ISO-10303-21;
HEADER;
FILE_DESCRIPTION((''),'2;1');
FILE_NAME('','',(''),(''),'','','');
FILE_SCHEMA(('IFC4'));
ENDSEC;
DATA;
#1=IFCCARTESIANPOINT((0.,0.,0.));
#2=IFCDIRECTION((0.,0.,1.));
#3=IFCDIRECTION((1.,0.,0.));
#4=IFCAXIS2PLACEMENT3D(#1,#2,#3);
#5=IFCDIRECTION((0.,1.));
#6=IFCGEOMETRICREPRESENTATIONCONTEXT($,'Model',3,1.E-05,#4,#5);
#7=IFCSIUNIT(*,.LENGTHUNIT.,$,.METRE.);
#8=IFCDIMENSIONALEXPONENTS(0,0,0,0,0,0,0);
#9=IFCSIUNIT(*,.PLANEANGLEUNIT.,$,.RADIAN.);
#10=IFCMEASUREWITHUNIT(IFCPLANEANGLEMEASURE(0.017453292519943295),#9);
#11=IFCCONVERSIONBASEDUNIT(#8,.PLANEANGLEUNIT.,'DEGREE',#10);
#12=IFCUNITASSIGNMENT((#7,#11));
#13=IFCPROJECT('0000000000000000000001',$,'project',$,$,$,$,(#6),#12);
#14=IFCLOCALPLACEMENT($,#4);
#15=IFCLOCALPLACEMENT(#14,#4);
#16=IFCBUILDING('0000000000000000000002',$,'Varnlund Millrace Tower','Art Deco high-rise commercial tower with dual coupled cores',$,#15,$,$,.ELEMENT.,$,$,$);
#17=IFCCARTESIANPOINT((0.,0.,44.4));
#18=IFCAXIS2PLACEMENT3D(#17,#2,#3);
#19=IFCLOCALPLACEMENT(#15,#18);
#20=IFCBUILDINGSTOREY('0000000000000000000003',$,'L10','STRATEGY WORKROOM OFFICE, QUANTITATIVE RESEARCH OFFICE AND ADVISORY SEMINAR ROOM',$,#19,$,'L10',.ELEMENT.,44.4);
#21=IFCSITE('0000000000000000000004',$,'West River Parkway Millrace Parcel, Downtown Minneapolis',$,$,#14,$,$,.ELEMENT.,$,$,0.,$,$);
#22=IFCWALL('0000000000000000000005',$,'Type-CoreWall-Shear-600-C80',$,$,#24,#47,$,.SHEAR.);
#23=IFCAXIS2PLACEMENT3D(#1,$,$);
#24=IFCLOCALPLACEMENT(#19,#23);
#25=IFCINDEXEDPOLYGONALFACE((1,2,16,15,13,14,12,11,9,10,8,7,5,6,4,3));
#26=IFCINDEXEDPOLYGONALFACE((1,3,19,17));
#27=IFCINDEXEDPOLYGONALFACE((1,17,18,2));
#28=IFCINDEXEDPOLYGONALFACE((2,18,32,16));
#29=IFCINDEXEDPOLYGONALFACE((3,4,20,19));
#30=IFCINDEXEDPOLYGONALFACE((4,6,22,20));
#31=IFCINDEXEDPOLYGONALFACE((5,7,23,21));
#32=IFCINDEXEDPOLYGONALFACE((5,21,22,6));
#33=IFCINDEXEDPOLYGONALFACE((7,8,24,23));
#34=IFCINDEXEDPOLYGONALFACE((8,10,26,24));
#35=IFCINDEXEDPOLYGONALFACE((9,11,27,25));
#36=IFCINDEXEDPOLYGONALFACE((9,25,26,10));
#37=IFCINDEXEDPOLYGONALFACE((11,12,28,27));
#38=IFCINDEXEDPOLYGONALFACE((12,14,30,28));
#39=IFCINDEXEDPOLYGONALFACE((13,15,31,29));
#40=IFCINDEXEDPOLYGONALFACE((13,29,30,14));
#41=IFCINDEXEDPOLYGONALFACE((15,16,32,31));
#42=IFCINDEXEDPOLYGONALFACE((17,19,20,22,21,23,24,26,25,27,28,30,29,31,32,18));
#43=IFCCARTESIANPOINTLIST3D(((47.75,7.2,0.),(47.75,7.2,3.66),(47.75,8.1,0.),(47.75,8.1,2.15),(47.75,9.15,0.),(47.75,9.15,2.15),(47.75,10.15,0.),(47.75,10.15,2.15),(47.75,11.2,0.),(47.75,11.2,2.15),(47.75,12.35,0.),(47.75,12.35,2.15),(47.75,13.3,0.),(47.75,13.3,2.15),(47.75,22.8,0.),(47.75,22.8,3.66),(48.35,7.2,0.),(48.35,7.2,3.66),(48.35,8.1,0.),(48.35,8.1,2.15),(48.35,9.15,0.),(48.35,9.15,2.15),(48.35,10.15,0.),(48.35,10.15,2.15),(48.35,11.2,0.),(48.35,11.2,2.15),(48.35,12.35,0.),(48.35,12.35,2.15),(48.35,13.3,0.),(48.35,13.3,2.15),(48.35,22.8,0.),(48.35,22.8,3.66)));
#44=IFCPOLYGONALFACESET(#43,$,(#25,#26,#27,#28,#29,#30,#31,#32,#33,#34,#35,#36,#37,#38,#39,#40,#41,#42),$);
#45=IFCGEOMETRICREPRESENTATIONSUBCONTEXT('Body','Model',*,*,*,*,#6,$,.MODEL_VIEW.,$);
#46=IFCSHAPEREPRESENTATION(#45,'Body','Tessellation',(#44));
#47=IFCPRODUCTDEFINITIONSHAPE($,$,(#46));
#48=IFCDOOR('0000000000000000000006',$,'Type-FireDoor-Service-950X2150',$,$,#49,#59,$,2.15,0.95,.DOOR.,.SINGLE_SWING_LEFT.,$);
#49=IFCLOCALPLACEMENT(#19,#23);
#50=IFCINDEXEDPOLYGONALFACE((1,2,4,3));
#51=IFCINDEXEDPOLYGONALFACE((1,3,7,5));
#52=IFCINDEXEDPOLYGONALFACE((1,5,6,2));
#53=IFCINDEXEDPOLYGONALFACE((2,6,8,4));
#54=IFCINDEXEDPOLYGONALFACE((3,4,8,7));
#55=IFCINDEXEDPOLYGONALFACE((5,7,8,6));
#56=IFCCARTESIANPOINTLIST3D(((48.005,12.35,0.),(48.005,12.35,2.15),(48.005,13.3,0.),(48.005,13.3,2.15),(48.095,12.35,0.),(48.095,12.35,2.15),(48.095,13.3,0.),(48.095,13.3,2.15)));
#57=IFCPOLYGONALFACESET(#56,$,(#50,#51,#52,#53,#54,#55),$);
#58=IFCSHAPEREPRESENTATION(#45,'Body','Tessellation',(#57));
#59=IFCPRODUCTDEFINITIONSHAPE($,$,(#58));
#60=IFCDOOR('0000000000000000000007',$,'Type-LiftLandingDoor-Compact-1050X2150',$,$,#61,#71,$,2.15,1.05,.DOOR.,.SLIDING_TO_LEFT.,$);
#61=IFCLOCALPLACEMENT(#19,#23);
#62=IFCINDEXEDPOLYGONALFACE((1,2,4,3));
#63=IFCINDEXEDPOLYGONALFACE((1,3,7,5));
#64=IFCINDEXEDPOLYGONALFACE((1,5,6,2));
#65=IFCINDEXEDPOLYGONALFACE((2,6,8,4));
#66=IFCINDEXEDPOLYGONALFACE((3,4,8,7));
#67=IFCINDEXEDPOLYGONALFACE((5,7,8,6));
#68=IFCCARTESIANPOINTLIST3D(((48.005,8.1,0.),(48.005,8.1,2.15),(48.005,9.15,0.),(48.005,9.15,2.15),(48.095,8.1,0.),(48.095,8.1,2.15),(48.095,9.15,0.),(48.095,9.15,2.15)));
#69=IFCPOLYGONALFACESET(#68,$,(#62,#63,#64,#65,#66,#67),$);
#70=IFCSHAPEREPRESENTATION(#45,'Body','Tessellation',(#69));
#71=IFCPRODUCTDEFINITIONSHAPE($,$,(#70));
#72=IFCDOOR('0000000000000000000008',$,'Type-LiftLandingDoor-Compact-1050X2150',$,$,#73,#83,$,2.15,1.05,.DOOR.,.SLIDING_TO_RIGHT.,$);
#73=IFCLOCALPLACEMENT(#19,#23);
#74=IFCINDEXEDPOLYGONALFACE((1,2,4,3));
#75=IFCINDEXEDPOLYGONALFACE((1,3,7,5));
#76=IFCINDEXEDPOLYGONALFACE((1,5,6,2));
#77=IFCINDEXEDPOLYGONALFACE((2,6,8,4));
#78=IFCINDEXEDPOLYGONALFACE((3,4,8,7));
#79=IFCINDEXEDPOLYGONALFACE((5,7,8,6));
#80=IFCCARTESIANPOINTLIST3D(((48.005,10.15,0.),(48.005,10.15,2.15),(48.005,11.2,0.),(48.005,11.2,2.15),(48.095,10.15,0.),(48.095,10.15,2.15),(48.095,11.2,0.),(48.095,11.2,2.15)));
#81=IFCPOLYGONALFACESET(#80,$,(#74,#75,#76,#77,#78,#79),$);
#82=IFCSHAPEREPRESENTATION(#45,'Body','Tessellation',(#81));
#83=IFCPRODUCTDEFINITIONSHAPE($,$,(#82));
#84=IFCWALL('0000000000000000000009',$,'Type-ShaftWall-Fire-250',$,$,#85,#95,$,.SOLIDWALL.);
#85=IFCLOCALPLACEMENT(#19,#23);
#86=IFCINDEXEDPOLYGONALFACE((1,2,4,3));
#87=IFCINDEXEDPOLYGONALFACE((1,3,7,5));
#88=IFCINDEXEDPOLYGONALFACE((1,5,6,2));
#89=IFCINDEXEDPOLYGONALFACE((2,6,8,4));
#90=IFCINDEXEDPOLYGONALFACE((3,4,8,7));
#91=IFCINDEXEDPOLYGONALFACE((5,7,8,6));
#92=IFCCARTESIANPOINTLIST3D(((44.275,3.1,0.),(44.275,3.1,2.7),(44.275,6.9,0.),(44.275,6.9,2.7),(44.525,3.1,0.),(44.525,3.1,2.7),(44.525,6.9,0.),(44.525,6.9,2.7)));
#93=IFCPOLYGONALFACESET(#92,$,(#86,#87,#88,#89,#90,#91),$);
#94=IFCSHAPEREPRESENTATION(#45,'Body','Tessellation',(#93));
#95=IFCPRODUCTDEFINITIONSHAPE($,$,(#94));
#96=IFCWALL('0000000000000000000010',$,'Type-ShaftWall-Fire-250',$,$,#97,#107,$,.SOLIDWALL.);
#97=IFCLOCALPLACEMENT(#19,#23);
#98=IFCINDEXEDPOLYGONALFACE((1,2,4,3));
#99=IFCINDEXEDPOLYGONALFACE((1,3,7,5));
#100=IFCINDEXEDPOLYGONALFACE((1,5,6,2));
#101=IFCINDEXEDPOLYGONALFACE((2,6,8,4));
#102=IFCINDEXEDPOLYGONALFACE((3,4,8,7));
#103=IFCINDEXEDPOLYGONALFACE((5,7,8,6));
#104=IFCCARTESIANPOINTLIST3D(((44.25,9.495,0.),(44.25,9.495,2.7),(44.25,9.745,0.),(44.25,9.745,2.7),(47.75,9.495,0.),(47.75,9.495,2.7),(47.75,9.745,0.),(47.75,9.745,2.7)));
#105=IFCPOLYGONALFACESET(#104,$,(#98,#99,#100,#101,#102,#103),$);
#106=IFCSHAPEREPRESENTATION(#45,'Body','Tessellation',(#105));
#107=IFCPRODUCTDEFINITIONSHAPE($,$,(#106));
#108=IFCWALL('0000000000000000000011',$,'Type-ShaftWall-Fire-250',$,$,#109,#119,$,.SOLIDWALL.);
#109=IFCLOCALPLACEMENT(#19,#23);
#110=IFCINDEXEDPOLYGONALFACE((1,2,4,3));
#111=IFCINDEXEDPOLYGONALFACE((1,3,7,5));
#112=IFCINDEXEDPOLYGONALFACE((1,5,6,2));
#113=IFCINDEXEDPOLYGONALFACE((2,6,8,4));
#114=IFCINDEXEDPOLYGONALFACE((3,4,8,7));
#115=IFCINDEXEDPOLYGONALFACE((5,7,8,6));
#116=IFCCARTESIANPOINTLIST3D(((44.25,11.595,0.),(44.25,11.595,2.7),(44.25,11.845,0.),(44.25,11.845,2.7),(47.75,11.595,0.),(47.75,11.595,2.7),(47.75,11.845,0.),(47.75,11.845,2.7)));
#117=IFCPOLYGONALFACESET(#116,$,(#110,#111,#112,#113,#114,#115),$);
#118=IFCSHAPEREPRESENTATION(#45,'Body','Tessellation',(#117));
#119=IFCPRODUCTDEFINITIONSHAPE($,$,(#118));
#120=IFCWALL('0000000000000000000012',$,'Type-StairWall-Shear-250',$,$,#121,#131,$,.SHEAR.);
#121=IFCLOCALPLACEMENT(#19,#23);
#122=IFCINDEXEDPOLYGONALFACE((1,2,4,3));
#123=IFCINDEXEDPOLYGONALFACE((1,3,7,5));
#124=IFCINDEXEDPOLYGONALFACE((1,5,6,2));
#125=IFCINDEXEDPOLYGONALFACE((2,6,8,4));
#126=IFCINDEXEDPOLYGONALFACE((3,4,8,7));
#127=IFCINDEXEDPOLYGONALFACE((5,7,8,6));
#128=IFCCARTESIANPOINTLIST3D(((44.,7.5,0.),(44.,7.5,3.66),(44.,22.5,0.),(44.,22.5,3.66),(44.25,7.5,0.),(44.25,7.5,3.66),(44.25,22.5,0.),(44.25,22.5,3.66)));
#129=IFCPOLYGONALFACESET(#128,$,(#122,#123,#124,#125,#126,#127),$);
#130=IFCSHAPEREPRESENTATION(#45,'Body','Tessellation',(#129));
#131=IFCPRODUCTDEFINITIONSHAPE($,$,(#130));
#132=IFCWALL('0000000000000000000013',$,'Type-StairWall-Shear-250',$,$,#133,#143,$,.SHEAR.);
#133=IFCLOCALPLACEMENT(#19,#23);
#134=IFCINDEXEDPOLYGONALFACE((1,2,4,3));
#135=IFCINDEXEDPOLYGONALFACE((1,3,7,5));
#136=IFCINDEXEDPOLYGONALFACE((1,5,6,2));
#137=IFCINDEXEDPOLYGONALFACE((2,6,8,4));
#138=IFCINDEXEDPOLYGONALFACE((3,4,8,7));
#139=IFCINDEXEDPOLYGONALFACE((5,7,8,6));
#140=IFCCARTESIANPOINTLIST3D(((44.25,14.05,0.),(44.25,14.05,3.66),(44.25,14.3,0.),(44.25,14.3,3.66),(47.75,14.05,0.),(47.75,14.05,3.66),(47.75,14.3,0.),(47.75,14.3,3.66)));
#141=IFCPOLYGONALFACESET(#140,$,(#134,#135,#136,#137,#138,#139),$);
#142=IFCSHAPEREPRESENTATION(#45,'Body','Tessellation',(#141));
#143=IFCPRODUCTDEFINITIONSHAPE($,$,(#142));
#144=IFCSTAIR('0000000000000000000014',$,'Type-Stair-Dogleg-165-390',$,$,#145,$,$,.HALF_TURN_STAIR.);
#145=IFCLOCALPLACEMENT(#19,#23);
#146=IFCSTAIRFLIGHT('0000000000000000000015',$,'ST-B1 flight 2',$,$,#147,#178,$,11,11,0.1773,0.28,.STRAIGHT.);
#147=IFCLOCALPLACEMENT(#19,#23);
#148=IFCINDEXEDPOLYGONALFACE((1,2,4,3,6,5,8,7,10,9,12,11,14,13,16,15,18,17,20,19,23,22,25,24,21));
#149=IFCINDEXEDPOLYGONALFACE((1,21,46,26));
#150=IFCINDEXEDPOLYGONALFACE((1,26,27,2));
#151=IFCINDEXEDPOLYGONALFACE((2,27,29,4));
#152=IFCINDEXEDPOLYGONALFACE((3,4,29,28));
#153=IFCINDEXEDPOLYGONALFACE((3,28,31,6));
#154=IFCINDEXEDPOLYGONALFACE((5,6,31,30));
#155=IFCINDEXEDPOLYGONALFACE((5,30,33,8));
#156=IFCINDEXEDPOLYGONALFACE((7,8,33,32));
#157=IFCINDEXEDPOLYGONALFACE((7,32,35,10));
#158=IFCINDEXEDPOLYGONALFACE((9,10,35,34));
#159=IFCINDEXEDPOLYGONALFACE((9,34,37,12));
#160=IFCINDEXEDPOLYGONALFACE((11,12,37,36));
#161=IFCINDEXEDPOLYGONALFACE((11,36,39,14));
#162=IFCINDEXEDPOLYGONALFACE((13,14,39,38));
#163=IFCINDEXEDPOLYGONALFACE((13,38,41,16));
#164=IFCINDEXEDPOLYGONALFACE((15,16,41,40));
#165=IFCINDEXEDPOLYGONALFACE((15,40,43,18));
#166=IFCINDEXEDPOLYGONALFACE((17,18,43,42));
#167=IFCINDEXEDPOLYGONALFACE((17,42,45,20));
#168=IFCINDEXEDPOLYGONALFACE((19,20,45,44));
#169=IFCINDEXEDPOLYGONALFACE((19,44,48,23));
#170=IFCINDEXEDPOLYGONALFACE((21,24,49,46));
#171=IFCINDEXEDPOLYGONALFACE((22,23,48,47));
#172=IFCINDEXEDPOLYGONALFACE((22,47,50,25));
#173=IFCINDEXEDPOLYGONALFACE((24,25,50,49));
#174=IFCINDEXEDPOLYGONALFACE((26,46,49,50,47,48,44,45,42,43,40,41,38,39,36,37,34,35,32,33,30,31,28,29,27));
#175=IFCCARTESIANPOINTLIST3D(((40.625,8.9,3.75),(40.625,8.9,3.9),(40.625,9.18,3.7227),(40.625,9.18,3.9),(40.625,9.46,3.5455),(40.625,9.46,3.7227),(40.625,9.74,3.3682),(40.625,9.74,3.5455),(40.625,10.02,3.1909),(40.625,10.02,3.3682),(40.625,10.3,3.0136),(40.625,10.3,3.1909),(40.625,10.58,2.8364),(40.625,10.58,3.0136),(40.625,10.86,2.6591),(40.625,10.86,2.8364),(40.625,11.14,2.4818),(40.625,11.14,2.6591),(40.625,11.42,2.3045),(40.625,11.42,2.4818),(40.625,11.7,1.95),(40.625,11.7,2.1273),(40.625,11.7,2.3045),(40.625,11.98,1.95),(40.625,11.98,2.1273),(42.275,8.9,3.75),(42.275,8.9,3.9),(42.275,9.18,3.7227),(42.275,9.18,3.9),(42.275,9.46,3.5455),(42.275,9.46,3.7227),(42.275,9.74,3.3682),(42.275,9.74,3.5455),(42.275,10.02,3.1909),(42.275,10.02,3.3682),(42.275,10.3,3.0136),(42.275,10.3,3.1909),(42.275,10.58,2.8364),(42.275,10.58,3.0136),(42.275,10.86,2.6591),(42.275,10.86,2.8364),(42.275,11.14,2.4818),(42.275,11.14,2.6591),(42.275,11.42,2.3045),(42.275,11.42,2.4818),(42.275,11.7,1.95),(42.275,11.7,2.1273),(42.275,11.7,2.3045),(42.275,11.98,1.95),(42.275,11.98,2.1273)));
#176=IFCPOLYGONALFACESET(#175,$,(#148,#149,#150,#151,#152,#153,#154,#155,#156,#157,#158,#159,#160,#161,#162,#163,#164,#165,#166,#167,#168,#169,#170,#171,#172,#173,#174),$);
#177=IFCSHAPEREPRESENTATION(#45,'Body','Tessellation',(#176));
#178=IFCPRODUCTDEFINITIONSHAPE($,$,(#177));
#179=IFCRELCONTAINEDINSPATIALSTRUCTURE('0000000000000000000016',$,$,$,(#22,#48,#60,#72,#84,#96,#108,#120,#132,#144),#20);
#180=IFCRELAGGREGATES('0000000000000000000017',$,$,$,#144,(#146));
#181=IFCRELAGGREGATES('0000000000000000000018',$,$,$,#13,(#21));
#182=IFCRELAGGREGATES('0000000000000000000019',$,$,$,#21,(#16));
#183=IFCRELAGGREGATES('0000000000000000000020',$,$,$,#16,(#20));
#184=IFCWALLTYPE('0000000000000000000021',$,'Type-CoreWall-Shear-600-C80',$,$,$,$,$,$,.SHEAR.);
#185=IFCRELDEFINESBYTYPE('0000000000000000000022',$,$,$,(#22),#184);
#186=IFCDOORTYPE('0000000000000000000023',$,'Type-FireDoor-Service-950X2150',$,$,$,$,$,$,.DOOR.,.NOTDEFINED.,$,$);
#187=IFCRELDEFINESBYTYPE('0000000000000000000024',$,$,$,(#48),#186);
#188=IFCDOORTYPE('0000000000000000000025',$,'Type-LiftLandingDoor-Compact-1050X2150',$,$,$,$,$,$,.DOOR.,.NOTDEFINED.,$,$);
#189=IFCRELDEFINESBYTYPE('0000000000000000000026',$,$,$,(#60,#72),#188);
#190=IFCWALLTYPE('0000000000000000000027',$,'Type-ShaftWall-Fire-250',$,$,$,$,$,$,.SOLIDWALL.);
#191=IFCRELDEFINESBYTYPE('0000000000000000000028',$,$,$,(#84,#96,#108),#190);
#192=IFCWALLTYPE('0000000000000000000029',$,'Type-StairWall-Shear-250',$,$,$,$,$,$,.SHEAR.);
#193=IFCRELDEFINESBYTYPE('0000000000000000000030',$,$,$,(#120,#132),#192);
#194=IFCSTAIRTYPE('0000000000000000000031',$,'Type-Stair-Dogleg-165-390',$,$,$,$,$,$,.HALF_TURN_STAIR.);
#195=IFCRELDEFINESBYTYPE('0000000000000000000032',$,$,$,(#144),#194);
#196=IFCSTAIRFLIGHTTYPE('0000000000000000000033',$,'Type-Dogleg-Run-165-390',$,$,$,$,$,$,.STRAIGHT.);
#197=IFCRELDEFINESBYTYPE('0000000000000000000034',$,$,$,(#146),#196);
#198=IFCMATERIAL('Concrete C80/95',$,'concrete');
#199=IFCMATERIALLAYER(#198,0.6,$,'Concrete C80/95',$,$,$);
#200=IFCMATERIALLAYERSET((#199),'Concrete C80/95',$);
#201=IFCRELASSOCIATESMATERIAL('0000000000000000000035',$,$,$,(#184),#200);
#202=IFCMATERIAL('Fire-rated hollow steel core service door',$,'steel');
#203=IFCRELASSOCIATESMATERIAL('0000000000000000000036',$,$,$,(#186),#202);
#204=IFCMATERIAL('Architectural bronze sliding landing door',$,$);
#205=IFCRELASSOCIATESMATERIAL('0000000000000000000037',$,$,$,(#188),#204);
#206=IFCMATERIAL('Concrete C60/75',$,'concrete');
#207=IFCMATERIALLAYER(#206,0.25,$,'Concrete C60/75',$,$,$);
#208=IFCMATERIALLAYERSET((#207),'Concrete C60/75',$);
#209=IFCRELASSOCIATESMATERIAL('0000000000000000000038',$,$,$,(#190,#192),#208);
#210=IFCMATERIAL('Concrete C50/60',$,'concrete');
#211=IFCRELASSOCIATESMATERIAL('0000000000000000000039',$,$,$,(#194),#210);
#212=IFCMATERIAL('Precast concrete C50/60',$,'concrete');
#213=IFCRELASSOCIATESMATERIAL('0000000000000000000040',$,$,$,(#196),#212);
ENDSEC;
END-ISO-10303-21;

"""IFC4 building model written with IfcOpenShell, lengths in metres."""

from ifc_helpers import new_model, entity, si_unit, converted_unit, direction, frame, origin_with_axes, origin_2d_with_axis, place, context, subcontext, project, spatial, polyline, rectangle, outline, extrude, material, layer, layer_set, type_object, element, fill, aggregate, save


model = new_model("IFC4")

# Units and contexts
model_context = context("Model", 3, precision=1e-05, world=origin_with_axes(), true_north=direction((0.0, 1.0)))
body_context = subcontext(model_context, "Body", "Model", "MODEL_VIEW")
ifc_project = project(units=[si_unit("LENGTHUNIT", "METRE"), converted_unit("PLANEANGLEUNIT", "DEGREE", entity("IfcPlaneAngleMeasure", 0.017453292519943295), si_unit("PLANEANGLEUNIT", "RADIAN"), dimensions=[0, 0, 0, 0, 0, 0, 0])], contexts=[model_context])

# Site, building, storey
site_placement = place(None, origin_with_axes())
site = spatial("IfcSite", under=ifc_project, at=site_placement, Name="West River Parkway Millrace Parcel, Downtown Minneapolis", CompositionType="ELEMENT", RefElevation=0.0)
building_placement = place(site_placement, origin_with_axes())
building = spatial("IfcBuilding", under=site, at=building_placement, Name="Varnlund Millrace Tower", Description="Art Deco high-rise commercial tower with dual coupled cores", CompositionType="ELEMENT")
storey_placement = place(building_placement, frame((0.0, 0.0, 44.4), z_axis=(0.0, 0.0, 1.0), x_axis=(1.0, 0.0, 0.0)))
storey = spatial("IfcBuildingStorey", under=building, at=storey_placement, Name="L10", Description="STRATEGY WORKROOM OFFICE, QUANTITATIVE RESEARCH OFFICE AND ADVISORY SEMINAR ROOM", LongName="L10", CompositionType="ELEMENT", Elevation=44.4)

# Shared definitions
ifc_material_1 = material(Name="Concrete C80/95", Category="concrete")

# Wall, openings, doors
ifc_layer_1 = layer(ifc_material_1, 0.6, Name="Concrete C80/95")
ifc_layer_set_1 = layer_set([ifc_layer_1], Name="Concrete C80/95")
wall_type_1 = type_object("IfcWallType", Name="Type-CoreWall-Shear-600-C80", PredefinedType="SHEAR", material=ifc_layer_set_1)
wall_1_placement = place(storey_placement, frame((48.05, 7.2, 0.0), z_axis=(0.0, 0.0, 1.0), x_axis=(0.0, 1.0, 0.0)))
wall_1 = element("IfcWall", 1, at=wall_1_placement, inside=storey, type_object=wall_type_1, Name="Type-CoreWall-Shear-600-C80", PredefinedType="SHEAR", context=body_context, shape_type="SweptSolid", body=[
    extrude(outline(polyline([(0.0, -0.3), (15.6, -0.3), (15.6, 0.3), (0.0, 0.3), (0.0, -0.3)])), origin_with_axes(), (0.0, 0.0, 1.0), 3.66),
])
opening_1_placement = place(wall_1_placement, frame((1.425, 0.0, 0.0), z_axis=(0.0, 0.0, 1.0), x_axis=(1.0, 0.0, 0.0)))
opening_1 = element("IfcOpeningElement", 2, at=opening_1_placement, cuts=wall_1, PredefinedType="OPENING", context=body_context, shape_type="SweptSolid", body=[
    extrude(rectangle(XDim=1.05, YDim=0.62, at=origin_2d_with_axis()), origin_with_axes(), (0.0, 0.0, 1.0), 2.15),
])
opening_2_placement = place(wall_1_placement, frame((3.475, 0.0, 0.0), z_axis=(0.0, 0.0, 1.0), x_axis=(1.0, 0.0, 0.0)))
opening_2 = element("IfcOpeningElement", 3, at=opening_2_placement, cuts=wall_1, PredefinedType="OPENING", context=body_context, shape_type="SweptSolid", body=[
    extrude(rectangle(XDim=1.05, YDim=0.62, at=origin_2d_with_axis()), origin_with_axes(), (0.0, 0.0, 1.0), 2.15),
])
opening_3_placement = place(wall_1_placement, frame((5.625, 0.0, 0.0), z_axis=(0.0, 0.0, 1.0), x_axis=(1.0, 0.0, 0.0)))
opening_3 = element("IfcOpeningElement", 4, at=opening_3_placement, cuts=wall_1, PredefinedType="OPENING", context=body_context, shape_type="SweptSolid", body=[
    extrude(rectangle(XDim=0.95, YDim=0.62, at=origin_2d_with_axis()), origin_with_axes(), (0.0, 0.0, 1.0), 2.15),
])
ifc_material_2 = material(Name="Fire-rated hollow steel core service door", Category="steel")
door_type_1 = type_object("IfcDoorType", Name="Type-FireDoor-Service-950X2150", OperationType="NOTDEFINED", PredefinedType="DOOR", material=ifc_material_2)
door_1_placement = place(wall_1_placement, frame((5.625, 0.0, 0.0), z_axis=(0.0, 0.0, 1.0), x_axis=(1.0, 0.0, 0.0)))
door_1 = element("IfcDoor", 5, at=door_1_placement, inside=storey, type_object=door_type_1, Name="Type-FireDoor-Service-950X2150", OperationType="SINGLE_SWING_LEFT", OverallHeight=2.15, OverallWidth=0.95, PredefinedType="DOOR", context=body_context, shape_type="SweptSolid", body=[
    extrude(rectangle(XDim=0.95, YDim=0.09, at=origin_2d_with_axis()), origin_with_axes(), (0.0, 0.0, 1.0), 2.15),
])
fill(opening_3, door_1)
ifc_material_3 = material(Name="Architectural bronze sliding landing door")
door_type_2 = type_object("IfcDoorType", Name="Type-LiftLandingDoor-Compact-1050X2150", OperationType="NOTDEFINED", PredefinedType="DOOR", material=ifc_material_3)
door_2_placement = place(wall_1_placement, frame((1.425, 0.0, 0.0), z_axis=(0.0, 0.0, 1.0), x_axis=(1.0, 0.0, 0.0)))
door_2 = element("IfcDoor", 6, at=door_2_placement, inside=storey, type_object=door_type_2, Name="Type-LiftLandingDoor-Compact-1050X2150", OperationType="SLIDING_TO_LEFT", OverallHeight=2.15, OverallWidth=1.05, PredefinedType="DOOR", context=body_context, shape_type="SweptSolid", body=[
    extrude(rectangle(XDim=1.05, YDim=0.09, at=origin_2d_with_axis()), origin_with_axes(), (0.0, 0.0, 1.0), 2.15),
])
fill(opening_1, door_2)
door_3_placement = place(wall_1_placement, frame((3.475, 0.0, 0.0), z_axis=(0.0, 0.0, 1.0), x_axis=(1.0, 0.0, 0.0)))
door_3 = element("IfcDoor", 7, at=door_3_placement, inside=storey, type_object=door_type_2, Name="Type-LiftLandingDoor-Compact-1050X2150", OperationType="SLIDING_TO_RIGHT", OverallHeight=2.15, OverallWidth=1.05, PredefinedType="DOOR", context=body_context, shape_type="SweptSolid", body=[
    extrude(rectangle(XDim=1.05, YDim=0.09, at=origin_2d_with_axis()), origin_with_axes(), (0.0, 0.0, 1.0), 2.15),
])
fill(opening_2, door_3)

# Walls
ifc_material_4 = material(Name="Concrete C60/75", Category="concrete")
ifc_layer_2 = layer(ifc_material_4, 0.25, Name="Concrete C60/75")
ifc_layer_set_2 = layer_set([ifc_layer_2], Name="Concrete C60/75")
wall_type_2 = type_object("IfcWallType", Name="Type-ShaftWall-Fire-250", PredefinedType="SOLIDWALL", material=ifc_layer_set_2)
wall_2_placement = place(storey_placement, frame((44.4, 3.1, 0.0), z_axis=(0.0, 0.0, 1.0), x_axis=(0.0, 1.0, 0.0)))
element("IfcWall", 8, at=wall_2_placement, inside=storey, type_object=wall_type_2, Name="Type-ShaftWall-Fire-250", PredefinedType="SOLIDWALL", context=body_context, shape_type="SweptSolid", body=[
    extrude(outline(polyline([(0.0, -0.125), (3.8, -0.125), (3.8, 0.125), (0.0, 0.125), (0.0, -0.125)])), origin_with_axes(), (0.0, 0.0, 1.0), 2.7),
])
for number, where, z_axis, x_axis, name in (
    (9, (44.25, 9.62, 0.0), (0.0, 0.0, 1.0), (1.0, 0.0, 0.0), "Type-ShaftWall-Fire-250"),
    (10, (44.25, 11.72, 0.0), (0.0, 0.0, 1.0), (1.0, 0.0, 0.0), "Type-ShaftWall-Fire-250"),
):
    element("IfcWall", number, at=place(storey_placement, frame(where, z_axis=z_axis, x_axis=x_axis)), inside=storey, type_object=wall_type_2, Name=name, PredefinedType="SOLIDWALL", context=body_context, shape_type="SweptSolid", body=[
        extrude(outline(polyline([(0.0, -0.125), (3.5, -0.125), (3.5, 0.125), (0.0, 0.125), (0.0, -0.125)])), origin_with_axes(), (0.0, 0.0, 1.0), 2.7),
    ])
wall_type_3 = type_object("IfcWallType", Name="Type-StairWall-Shear-250", PredefinedType="SHEAR", material=ifc_layer_set_2)
wall_3_placement = place(storey_placement, frame((44.125, 7.5, 0.0), z_axis=(0.0, 0.0, 1.0), x_axis=(0.0, 1.0, 0.0)))
element("IfcWall", 11, at=wall_3_placement, inside=storey, type_object=wall_type_3, Name="Type-StairWall-Shear-250", PredefinedType="SHEAR", context=body_context, shape_type="SweptSolid", body=[
    extrude(outline(polyline([(0.0, -0.125), (15.0, -0.125), (15.0, 0.125), (0.0, 0.125), (0.0, -0.125)])), origin_with_axes(), (0.0, 0.0, 1.0), 3.66),
])
wall_4_placement = place(storey_placement, frame((44.25, 14.175, 0.0), z_axis=(0.0, 0.0, 1.0), x_axis=(1.0, 0.0, 0.0)))
element("IfcWall", 12, at=wall_4_placement, inside=storey, type_object=wall_type_3, Name="Type-StairWall-Shear-250", PredefinedType="SHEAR", context=body_context, shape_type="SweptSolid", body=[
    extrude(outline(polyline([(0.0, -0.125), (3.5, -0.125), (3.5, 0.125), (0.0, 0.125), (0.0, -0.125)])), origin_with_axes(), (0.0, 0.0, 1.0), 3.66),
])

# Stair, stair flight
ifc_material_5 = material(Name="Concrete C50/60", Category="concrete")
stair_type = type_object("IfcStairType", Name="Type-Stair-Dogleg-165-390", PredefinedType="HALF_TURN_STAIR", material=ifc_material_5)
stair_placement = place(storey_placement, origin_with_axes())
stair = element("IfcStair", 13, at=stair_placement, inside=storey, type_object=stair_type, Name="Type-Stair-Dogleg-165-390", PredefinedType="HALF_TURN_STAIR")
ifc_material_6 = material(Name="Precast concrete C50/60", Category="concrete")
stair_flight_type = type_object("IfcStairFlightType", Name="Type-Dogleg-Run-165-390", PredefinedType="STRAIGHT", material=ifc_material_6)
stair_flight_placement = place(storey_placement, frame((42.275, 11.98, 1.95), z_axis=(-1.0, 0.0, 0.0), x_axis=(0.0, -1.0, 0.0)))
stair_flight = element("IfcStairFlight", 14, at=stair_flight_placement, type_object=stair_flight_type, Name="ST-B1 flight 2", NumberOfRisers=11, NumberOfTreads=11, PredefinedType="STRAIGHT", RiserHeight=0.1773, TreadLength=0.28, context=body_context, shape_type="SweptSolid", body=[
    extrude(outline(polyline([(0.0, 0.0), (0.0, 0.1773), (0.28, 0.1773), (0.28, 0.3545), (0.56, 0.3545), (0.56, 0.5318), (0.84, 0.5318), (0.84, 0.7091), (1.12, 0.7091), (1.12, 0.8864), (1.4, 0.8864), (1.4, 1.0636), (1.68, 1.0636), (1.68, 1.2409), (1.96, 1.2409), (1.96, 1.4182), (2.24, 1.4182), (2.24, 1.5955), (2.52, 1.5955), (2.52, 1.7727), (2.8, 1.7727), (2.8, 1.95), (3.08, 1.95), (3.08, 1.8), (0.28, 0.0), (0.0, 0.0)])), origin_with_axes(), (0.0, 0.0, 1.0), 1.65),
])
aggregate(stair, [stair_flight])

save(model, "model.ifc")
